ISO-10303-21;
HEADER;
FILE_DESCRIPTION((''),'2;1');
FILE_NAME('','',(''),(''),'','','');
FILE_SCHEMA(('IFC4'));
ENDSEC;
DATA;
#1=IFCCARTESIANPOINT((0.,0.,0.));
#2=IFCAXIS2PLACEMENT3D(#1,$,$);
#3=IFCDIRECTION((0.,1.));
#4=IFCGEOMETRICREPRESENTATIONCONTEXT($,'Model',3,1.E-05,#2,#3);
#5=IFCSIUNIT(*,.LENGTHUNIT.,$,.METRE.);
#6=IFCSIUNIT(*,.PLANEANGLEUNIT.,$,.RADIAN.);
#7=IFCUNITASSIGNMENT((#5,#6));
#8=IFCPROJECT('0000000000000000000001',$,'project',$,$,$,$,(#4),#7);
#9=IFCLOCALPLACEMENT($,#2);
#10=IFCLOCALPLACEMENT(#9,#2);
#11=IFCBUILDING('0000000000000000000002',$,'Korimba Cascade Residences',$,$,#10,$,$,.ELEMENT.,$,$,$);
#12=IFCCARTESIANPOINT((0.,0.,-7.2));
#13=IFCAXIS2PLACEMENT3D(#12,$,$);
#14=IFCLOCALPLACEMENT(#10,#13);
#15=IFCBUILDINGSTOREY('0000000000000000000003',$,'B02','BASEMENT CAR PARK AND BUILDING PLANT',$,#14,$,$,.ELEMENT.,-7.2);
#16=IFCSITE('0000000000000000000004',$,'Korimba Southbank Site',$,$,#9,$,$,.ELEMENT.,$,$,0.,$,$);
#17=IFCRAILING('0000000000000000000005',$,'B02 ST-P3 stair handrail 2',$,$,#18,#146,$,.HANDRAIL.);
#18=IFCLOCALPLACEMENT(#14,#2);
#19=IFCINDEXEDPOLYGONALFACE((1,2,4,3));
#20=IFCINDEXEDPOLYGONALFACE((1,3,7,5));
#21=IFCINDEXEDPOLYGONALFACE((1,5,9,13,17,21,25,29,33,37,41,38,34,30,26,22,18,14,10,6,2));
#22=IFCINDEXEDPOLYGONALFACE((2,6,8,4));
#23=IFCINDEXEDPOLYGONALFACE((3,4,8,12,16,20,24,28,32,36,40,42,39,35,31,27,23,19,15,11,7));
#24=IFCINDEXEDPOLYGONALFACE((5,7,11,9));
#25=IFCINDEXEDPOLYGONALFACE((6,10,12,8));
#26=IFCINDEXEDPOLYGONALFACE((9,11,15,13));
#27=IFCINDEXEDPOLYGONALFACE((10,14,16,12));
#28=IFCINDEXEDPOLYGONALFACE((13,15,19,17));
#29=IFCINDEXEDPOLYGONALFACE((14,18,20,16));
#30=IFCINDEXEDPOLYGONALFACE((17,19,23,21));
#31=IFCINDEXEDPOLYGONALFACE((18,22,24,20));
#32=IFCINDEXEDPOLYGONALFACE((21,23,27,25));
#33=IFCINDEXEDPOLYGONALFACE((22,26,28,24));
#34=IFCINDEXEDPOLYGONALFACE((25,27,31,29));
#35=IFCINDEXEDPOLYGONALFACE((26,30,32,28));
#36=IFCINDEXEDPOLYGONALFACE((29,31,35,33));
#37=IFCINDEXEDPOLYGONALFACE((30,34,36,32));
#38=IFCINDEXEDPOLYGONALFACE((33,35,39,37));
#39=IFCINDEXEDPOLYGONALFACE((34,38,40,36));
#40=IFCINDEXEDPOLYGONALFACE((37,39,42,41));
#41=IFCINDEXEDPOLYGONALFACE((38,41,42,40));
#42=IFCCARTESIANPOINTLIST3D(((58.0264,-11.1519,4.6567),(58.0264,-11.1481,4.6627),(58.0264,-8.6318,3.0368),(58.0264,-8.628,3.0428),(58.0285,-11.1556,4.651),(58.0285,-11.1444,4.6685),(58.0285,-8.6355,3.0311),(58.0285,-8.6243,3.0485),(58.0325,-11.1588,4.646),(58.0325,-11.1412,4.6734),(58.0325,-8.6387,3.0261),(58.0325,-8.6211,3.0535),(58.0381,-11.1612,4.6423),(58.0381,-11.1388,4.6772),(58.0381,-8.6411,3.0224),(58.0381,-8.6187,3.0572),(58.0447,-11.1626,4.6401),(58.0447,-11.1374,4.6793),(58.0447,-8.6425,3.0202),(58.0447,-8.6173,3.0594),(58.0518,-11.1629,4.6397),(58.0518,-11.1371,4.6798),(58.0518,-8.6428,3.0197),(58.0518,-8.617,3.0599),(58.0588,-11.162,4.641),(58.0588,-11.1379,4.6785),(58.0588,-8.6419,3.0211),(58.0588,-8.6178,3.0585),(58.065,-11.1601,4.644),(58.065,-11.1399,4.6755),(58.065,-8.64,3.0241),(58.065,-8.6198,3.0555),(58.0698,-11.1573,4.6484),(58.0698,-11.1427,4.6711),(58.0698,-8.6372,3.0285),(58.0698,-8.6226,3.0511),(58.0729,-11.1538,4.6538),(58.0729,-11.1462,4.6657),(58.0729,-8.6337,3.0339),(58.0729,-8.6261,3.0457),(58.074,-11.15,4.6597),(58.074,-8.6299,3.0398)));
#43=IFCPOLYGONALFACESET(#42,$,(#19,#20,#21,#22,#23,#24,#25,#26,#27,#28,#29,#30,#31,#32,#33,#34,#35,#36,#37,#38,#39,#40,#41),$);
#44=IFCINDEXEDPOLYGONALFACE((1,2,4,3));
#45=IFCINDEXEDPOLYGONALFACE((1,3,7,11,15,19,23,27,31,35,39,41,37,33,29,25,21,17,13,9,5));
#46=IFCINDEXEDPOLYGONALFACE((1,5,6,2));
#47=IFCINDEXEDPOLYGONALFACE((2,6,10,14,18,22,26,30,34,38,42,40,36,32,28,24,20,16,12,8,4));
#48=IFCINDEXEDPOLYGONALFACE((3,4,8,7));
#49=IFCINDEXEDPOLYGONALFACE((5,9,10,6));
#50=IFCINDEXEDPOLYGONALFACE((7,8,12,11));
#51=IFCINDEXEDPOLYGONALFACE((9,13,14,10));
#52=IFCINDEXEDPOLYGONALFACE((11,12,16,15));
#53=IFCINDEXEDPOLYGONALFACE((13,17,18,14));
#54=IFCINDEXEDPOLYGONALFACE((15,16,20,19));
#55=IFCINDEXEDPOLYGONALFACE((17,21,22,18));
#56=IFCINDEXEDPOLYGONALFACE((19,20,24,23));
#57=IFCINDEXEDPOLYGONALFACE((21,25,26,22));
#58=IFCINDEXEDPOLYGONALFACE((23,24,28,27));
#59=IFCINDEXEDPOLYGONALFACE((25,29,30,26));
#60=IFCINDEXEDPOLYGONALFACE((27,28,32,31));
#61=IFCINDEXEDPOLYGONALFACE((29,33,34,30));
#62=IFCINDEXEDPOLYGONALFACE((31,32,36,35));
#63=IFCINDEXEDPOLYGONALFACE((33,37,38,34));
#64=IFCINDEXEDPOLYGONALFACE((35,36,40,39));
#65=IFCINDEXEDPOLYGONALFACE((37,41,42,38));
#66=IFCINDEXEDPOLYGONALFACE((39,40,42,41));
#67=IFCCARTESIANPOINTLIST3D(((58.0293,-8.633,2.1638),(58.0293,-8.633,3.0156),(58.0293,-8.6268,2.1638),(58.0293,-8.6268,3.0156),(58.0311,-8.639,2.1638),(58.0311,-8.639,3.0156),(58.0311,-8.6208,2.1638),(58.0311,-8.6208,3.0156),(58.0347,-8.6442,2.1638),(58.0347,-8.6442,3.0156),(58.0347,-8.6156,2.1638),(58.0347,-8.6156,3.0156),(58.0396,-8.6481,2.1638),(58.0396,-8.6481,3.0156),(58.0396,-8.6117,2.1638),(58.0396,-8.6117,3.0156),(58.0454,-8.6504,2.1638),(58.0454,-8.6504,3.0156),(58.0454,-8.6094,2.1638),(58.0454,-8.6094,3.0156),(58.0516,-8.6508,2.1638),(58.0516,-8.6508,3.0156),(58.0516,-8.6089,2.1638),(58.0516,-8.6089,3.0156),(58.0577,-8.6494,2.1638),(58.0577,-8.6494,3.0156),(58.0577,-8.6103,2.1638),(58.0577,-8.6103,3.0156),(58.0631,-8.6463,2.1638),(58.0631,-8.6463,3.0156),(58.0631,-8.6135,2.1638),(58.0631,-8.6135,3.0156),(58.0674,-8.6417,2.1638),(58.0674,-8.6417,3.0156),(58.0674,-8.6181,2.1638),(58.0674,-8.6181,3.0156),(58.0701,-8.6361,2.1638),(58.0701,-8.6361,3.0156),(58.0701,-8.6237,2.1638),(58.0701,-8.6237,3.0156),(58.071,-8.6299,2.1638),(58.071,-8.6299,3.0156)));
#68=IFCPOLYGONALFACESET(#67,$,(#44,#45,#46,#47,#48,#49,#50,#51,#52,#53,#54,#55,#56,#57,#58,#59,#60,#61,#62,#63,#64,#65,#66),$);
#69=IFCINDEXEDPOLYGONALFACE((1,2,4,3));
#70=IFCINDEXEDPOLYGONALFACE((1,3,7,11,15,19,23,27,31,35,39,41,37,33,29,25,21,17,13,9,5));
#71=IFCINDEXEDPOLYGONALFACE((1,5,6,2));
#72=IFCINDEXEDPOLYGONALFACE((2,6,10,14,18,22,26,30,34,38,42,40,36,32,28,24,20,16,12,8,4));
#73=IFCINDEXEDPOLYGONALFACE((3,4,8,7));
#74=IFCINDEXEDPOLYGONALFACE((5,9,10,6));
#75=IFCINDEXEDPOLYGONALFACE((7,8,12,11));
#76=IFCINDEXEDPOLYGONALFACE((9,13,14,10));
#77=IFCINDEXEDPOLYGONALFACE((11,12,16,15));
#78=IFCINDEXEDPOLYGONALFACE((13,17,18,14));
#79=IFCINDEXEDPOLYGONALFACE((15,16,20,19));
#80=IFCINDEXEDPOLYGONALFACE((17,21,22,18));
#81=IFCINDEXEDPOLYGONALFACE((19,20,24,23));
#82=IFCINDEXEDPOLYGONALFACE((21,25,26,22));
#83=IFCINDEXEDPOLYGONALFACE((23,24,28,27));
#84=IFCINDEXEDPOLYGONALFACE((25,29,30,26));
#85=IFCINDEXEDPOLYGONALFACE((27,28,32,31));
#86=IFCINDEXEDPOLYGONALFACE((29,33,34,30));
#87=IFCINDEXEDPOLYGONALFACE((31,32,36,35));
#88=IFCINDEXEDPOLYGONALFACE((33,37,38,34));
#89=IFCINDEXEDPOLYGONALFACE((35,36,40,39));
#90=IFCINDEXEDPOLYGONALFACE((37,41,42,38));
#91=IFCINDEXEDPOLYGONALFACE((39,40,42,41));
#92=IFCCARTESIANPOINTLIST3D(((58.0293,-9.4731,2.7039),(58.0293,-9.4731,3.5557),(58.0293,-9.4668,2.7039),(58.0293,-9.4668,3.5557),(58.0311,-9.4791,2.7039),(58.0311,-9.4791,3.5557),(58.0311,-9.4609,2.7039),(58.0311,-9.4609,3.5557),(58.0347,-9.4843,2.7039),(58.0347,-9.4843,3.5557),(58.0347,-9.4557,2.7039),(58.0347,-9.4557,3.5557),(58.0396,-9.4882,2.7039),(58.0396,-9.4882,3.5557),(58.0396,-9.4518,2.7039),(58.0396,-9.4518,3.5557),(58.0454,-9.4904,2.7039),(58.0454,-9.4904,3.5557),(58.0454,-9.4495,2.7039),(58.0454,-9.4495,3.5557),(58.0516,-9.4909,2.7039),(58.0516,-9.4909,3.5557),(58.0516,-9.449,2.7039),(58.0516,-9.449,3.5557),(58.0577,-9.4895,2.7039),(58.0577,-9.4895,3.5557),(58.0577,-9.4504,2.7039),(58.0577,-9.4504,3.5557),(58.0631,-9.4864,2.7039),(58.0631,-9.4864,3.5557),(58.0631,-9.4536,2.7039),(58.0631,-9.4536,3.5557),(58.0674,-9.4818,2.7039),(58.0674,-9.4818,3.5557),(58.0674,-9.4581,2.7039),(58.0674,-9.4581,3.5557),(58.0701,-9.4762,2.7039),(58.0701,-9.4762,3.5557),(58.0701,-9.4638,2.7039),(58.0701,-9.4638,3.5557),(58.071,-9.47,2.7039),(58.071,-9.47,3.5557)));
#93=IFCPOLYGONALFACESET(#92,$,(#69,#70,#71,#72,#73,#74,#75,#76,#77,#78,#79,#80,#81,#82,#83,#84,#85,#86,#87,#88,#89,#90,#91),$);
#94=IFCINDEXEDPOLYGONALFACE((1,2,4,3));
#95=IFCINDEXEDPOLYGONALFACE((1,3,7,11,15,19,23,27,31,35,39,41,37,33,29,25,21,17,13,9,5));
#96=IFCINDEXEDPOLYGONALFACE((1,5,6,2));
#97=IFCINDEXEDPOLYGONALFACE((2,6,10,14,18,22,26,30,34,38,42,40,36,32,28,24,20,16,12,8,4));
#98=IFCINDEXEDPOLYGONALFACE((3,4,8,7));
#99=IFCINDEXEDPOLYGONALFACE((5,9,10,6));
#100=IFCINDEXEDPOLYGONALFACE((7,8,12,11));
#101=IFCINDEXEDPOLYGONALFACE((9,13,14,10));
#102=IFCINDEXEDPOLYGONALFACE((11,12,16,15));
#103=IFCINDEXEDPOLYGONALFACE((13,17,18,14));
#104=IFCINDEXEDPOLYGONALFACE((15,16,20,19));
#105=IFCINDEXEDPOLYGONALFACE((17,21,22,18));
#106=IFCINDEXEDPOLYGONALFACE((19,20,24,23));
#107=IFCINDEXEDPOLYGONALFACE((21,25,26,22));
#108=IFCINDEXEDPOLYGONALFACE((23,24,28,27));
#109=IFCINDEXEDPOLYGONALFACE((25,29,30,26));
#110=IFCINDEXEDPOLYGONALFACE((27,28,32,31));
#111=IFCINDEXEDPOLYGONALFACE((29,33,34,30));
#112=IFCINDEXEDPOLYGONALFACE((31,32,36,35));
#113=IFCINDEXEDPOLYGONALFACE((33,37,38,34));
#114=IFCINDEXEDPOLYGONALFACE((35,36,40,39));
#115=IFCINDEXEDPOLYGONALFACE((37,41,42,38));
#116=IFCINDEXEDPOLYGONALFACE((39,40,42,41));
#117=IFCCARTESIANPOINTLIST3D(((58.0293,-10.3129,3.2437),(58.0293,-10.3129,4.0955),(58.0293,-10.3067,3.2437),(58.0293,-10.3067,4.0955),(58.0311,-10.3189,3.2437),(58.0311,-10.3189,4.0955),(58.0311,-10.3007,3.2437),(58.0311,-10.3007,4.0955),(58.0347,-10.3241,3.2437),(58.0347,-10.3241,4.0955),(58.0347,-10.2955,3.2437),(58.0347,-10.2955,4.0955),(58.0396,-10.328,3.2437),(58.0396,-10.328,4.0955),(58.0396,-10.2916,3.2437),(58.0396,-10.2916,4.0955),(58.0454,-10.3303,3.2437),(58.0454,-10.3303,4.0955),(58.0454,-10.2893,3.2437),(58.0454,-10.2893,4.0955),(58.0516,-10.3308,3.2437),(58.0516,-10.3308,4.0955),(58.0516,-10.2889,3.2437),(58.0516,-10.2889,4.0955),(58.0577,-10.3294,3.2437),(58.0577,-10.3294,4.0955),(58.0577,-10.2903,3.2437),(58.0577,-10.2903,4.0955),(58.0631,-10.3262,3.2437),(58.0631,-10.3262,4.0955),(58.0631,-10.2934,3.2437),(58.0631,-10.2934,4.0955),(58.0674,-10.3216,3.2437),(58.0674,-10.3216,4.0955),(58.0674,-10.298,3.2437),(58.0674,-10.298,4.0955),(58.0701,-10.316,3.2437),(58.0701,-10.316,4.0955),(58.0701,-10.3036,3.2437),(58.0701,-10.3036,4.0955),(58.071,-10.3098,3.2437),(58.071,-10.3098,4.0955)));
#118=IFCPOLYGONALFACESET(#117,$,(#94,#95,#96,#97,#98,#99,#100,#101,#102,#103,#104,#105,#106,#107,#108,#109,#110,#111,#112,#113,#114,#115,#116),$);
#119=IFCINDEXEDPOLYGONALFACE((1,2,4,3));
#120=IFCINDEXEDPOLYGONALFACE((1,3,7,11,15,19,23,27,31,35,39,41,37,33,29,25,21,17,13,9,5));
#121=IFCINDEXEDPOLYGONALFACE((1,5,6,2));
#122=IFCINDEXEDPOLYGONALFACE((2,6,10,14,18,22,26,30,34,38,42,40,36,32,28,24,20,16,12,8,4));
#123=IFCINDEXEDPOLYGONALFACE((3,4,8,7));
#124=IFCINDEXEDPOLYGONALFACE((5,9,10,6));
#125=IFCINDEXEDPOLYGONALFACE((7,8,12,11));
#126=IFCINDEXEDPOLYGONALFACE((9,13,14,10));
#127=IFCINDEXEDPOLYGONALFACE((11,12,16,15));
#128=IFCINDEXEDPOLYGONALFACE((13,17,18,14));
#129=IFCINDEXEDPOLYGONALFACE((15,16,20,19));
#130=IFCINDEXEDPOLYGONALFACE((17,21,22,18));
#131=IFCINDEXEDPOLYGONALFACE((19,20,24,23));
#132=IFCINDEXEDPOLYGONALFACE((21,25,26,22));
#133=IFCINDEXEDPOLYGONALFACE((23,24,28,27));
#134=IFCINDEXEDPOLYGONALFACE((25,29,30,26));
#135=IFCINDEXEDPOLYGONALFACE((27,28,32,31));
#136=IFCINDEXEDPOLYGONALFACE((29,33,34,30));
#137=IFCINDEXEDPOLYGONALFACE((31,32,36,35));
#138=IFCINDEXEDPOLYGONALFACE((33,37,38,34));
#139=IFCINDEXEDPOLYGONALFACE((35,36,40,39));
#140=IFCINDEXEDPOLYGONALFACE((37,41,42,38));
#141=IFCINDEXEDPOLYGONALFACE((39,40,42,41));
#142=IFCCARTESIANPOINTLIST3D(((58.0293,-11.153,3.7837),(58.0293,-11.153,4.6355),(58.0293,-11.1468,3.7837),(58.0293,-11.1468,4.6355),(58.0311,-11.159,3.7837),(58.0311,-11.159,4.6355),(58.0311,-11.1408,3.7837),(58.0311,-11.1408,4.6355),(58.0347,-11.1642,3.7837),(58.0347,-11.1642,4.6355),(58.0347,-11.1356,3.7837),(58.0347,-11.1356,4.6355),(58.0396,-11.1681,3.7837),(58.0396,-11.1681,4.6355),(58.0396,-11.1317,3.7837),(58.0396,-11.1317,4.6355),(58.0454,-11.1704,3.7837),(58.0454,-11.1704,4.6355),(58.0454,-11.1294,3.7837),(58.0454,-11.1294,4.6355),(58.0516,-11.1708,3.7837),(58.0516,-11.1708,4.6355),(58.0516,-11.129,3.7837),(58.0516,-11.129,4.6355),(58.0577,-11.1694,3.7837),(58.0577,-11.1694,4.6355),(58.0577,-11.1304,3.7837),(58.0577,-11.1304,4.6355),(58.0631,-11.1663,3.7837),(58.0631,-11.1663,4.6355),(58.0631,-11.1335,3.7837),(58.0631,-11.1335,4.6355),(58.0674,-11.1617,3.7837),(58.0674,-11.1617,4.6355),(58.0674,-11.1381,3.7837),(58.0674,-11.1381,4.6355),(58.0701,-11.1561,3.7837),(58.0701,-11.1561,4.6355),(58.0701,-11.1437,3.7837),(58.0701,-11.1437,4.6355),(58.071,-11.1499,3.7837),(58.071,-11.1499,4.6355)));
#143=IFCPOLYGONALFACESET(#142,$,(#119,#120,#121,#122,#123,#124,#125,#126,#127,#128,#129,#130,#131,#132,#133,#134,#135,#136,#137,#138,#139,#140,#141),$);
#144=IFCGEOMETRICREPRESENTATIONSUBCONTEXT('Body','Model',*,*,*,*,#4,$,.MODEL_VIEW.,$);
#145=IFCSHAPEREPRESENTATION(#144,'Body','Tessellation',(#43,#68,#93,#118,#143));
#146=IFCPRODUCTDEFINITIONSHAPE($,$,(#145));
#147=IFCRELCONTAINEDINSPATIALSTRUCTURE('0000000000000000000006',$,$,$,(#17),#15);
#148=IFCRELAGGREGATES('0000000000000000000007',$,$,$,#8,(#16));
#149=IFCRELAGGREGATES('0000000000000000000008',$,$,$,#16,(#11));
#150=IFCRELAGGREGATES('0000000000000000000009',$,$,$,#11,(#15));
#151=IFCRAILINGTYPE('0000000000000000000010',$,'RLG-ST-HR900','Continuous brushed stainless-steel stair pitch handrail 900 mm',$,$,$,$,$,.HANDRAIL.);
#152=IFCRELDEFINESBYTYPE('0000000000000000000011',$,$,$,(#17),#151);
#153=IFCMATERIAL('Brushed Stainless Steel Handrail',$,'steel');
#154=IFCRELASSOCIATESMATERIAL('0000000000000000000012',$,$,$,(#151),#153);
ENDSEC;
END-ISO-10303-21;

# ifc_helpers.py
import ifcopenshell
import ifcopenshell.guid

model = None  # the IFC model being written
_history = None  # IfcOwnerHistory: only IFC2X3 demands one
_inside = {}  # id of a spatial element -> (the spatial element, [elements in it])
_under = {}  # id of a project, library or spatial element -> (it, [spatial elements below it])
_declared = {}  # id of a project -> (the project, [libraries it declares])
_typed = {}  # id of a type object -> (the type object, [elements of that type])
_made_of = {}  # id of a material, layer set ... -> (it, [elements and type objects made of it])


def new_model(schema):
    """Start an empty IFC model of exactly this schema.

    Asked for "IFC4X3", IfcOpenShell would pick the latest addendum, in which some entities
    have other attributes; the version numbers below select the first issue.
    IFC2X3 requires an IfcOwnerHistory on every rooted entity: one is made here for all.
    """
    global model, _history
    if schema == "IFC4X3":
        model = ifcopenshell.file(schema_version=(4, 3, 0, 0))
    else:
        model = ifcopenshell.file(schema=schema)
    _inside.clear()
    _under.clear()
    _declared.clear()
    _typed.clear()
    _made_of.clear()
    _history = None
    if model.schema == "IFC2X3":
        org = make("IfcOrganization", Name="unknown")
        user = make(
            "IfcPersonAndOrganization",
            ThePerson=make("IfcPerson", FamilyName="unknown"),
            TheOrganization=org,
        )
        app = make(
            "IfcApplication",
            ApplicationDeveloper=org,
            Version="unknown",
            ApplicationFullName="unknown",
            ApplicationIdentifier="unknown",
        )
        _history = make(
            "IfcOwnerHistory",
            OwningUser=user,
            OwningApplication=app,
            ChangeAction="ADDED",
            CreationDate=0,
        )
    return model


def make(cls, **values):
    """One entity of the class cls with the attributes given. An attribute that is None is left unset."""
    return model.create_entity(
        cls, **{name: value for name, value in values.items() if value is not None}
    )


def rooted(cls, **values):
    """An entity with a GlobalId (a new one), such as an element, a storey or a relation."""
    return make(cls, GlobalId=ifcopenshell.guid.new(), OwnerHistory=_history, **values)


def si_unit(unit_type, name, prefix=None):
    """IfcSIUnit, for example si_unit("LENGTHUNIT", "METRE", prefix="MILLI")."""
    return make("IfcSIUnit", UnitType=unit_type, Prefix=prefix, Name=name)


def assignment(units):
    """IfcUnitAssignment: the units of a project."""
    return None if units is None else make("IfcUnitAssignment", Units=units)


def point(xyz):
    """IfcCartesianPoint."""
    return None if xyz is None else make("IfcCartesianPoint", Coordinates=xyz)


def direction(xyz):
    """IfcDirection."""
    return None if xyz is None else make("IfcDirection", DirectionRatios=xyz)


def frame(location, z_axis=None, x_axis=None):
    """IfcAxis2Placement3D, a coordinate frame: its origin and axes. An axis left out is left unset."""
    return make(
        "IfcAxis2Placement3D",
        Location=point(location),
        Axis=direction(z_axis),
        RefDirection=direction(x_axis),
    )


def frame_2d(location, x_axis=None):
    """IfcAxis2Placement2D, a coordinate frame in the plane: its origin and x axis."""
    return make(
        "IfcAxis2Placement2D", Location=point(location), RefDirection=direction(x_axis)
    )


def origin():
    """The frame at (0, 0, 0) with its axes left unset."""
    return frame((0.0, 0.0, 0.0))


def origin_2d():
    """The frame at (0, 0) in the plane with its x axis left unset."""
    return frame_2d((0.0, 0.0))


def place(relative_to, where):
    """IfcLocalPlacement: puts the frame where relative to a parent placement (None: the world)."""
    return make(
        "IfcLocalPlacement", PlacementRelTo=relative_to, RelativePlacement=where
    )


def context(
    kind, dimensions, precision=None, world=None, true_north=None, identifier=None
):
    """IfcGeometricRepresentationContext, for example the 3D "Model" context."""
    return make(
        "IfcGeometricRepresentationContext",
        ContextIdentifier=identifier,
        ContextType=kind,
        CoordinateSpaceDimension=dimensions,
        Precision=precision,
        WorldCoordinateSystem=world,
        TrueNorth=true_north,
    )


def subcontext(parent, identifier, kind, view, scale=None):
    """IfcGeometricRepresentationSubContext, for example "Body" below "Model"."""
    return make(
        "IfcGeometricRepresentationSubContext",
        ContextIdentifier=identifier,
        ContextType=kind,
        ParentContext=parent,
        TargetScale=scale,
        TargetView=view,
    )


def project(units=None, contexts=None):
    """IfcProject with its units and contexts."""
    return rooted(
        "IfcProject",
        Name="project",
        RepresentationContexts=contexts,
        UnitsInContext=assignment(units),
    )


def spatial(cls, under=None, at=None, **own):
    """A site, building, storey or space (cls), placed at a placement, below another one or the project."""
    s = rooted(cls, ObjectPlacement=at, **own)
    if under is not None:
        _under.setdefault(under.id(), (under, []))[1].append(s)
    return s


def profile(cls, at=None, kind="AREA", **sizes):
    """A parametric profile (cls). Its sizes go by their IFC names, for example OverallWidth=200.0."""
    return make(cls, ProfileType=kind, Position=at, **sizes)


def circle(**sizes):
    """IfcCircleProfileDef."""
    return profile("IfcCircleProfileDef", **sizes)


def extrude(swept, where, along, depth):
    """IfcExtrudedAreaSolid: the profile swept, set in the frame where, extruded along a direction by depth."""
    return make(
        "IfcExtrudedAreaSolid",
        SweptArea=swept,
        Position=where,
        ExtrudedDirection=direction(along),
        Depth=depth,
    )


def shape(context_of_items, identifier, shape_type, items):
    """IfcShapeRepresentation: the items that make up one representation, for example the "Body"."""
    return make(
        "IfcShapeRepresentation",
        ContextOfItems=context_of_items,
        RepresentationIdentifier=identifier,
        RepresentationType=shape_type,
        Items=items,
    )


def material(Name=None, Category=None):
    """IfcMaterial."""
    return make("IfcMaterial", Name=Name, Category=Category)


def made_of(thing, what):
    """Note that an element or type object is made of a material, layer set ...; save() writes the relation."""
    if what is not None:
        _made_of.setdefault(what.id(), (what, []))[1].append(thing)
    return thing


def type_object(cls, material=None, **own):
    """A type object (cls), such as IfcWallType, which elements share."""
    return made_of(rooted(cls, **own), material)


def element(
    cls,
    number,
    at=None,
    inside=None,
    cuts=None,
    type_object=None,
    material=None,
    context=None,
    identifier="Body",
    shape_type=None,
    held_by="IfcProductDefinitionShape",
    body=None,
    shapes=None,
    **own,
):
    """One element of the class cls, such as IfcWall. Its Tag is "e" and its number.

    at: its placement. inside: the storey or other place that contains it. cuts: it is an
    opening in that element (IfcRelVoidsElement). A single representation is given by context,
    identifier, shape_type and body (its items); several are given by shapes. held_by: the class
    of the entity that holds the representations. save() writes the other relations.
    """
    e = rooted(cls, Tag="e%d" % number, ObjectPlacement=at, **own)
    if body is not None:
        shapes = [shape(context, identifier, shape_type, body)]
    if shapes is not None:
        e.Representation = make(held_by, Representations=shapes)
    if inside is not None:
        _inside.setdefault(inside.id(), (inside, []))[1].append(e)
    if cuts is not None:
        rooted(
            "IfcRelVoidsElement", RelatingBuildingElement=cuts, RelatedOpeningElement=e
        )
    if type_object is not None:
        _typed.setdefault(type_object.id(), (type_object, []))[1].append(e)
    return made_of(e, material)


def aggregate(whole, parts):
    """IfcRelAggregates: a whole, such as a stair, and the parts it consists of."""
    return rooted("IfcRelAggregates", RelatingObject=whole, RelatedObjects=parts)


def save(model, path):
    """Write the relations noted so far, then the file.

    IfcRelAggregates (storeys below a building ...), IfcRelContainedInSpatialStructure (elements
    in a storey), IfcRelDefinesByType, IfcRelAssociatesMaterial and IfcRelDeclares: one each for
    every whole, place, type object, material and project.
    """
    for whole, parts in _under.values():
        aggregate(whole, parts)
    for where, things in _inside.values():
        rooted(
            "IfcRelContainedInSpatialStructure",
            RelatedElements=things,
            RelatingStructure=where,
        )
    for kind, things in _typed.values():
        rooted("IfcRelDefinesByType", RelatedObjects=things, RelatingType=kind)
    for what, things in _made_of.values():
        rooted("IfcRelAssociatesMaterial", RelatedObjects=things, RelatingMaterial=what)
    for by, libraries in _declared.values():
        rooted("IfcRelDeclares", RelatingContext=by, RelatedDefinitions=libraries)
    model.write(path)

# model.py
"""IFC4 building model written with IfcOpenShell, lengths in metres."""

from ifc_helpers import new_model, si_unit, direction, frame, origin, origin_2d, place, context, subcontext, project, spatial, circle, extrude, material, type_object, element, save


model = new_model("IFC4")

# Units and contexts
model_context = context("Model", 3, precision=1e-05, world=origin(), true_north=direction((0.0, 1.0)))
body_context = subcontext(model_context, "Body", "Model", "MODEL_VIEW")
ifc_project = project(units=[si_unit("LENGTHUNIT", "METRE"), si_unit("PLANEANGLEUNIT", "RADIAN")], contexts=[model_context])

# Site, building, storey
site_placement = place(None, origin())
site = spatial("IfcSite", under=ifc_project, at=site_placement, Name="Korimba Southbank Site", CompositionType="ELEMENT", RefElevation=0.0)
building_placement = place(site_placement, origin())
building = spatial("IfcBuilding", under=site, at=building_placement, Name="Korimba Cascade Residences", CompositionType="ELEMENT")
storey_placement = place(building_placement, frame((0.0, 0.0, -7.2)))
storey = spatial("IfcBuildingStorey", under=building, at=storey_placement, Name="B02", Description="BASEMENT CAR PARK AND BUILDING PLANT", CompositionType="ELEMENT", Elevation=-7.2)

# Railing
ifc_material_1 = material(Name="Brushed Stainless Steel Handrail", Category="steel")
railing_type_1 = type_object("IfcRailingType", Name="RLG-ST-HR900", Description="Continuous brushed stainless-steel stair pitch handrail 900 mm", PredefinedType="HANDRAIL", material=ifc_material_1)
for number, where, name in (
    (1, (58.05, -8.6299, 2.1638), "B02 ST-P3 stair handrail 2"),
):
    element("IfcRailing", number, at=place(storey_placement, frame(where)), inside=storey, type_object=railing_type_1, Name=name, PredefinedType="HANDRAIL", context=body_context, shape_type="SweptSolid", body=[
        extrude(circle(Radius=0.0239, at=origin_2d()), frame((0.0, 0.0, 0.876), z_axis=(0.0, -0.8412, 0.540725), x_axis=(1.0, 0.0, 0.0)), (0.0, 0.0, 1.0), 2.9958),
        extrude(circle(Radius=0.021, at=origin_2d()), origin(), (0.0, 0.0, 1.0), 0.8518),
        extrude(circle(Radius=0.021, at=origin_2d()), frame((0.0, -0.8401, 0.54)), (0.0, 0.0, 1.0), 0.8518),
        extrude(circle(Radius=0.021, at=origin_2d()), frame((0.0, -1.6799, 1.0798)), (0.0, 0.0, 1.0), 0.8518),
        extrude(circle(Radius=0.021, at=origin_2d()), frame((0.0, -2.52, 1.6199)), (0.0, 0.0, 1.0), 0.8518),
    ])

save(model, "model.ifc")
